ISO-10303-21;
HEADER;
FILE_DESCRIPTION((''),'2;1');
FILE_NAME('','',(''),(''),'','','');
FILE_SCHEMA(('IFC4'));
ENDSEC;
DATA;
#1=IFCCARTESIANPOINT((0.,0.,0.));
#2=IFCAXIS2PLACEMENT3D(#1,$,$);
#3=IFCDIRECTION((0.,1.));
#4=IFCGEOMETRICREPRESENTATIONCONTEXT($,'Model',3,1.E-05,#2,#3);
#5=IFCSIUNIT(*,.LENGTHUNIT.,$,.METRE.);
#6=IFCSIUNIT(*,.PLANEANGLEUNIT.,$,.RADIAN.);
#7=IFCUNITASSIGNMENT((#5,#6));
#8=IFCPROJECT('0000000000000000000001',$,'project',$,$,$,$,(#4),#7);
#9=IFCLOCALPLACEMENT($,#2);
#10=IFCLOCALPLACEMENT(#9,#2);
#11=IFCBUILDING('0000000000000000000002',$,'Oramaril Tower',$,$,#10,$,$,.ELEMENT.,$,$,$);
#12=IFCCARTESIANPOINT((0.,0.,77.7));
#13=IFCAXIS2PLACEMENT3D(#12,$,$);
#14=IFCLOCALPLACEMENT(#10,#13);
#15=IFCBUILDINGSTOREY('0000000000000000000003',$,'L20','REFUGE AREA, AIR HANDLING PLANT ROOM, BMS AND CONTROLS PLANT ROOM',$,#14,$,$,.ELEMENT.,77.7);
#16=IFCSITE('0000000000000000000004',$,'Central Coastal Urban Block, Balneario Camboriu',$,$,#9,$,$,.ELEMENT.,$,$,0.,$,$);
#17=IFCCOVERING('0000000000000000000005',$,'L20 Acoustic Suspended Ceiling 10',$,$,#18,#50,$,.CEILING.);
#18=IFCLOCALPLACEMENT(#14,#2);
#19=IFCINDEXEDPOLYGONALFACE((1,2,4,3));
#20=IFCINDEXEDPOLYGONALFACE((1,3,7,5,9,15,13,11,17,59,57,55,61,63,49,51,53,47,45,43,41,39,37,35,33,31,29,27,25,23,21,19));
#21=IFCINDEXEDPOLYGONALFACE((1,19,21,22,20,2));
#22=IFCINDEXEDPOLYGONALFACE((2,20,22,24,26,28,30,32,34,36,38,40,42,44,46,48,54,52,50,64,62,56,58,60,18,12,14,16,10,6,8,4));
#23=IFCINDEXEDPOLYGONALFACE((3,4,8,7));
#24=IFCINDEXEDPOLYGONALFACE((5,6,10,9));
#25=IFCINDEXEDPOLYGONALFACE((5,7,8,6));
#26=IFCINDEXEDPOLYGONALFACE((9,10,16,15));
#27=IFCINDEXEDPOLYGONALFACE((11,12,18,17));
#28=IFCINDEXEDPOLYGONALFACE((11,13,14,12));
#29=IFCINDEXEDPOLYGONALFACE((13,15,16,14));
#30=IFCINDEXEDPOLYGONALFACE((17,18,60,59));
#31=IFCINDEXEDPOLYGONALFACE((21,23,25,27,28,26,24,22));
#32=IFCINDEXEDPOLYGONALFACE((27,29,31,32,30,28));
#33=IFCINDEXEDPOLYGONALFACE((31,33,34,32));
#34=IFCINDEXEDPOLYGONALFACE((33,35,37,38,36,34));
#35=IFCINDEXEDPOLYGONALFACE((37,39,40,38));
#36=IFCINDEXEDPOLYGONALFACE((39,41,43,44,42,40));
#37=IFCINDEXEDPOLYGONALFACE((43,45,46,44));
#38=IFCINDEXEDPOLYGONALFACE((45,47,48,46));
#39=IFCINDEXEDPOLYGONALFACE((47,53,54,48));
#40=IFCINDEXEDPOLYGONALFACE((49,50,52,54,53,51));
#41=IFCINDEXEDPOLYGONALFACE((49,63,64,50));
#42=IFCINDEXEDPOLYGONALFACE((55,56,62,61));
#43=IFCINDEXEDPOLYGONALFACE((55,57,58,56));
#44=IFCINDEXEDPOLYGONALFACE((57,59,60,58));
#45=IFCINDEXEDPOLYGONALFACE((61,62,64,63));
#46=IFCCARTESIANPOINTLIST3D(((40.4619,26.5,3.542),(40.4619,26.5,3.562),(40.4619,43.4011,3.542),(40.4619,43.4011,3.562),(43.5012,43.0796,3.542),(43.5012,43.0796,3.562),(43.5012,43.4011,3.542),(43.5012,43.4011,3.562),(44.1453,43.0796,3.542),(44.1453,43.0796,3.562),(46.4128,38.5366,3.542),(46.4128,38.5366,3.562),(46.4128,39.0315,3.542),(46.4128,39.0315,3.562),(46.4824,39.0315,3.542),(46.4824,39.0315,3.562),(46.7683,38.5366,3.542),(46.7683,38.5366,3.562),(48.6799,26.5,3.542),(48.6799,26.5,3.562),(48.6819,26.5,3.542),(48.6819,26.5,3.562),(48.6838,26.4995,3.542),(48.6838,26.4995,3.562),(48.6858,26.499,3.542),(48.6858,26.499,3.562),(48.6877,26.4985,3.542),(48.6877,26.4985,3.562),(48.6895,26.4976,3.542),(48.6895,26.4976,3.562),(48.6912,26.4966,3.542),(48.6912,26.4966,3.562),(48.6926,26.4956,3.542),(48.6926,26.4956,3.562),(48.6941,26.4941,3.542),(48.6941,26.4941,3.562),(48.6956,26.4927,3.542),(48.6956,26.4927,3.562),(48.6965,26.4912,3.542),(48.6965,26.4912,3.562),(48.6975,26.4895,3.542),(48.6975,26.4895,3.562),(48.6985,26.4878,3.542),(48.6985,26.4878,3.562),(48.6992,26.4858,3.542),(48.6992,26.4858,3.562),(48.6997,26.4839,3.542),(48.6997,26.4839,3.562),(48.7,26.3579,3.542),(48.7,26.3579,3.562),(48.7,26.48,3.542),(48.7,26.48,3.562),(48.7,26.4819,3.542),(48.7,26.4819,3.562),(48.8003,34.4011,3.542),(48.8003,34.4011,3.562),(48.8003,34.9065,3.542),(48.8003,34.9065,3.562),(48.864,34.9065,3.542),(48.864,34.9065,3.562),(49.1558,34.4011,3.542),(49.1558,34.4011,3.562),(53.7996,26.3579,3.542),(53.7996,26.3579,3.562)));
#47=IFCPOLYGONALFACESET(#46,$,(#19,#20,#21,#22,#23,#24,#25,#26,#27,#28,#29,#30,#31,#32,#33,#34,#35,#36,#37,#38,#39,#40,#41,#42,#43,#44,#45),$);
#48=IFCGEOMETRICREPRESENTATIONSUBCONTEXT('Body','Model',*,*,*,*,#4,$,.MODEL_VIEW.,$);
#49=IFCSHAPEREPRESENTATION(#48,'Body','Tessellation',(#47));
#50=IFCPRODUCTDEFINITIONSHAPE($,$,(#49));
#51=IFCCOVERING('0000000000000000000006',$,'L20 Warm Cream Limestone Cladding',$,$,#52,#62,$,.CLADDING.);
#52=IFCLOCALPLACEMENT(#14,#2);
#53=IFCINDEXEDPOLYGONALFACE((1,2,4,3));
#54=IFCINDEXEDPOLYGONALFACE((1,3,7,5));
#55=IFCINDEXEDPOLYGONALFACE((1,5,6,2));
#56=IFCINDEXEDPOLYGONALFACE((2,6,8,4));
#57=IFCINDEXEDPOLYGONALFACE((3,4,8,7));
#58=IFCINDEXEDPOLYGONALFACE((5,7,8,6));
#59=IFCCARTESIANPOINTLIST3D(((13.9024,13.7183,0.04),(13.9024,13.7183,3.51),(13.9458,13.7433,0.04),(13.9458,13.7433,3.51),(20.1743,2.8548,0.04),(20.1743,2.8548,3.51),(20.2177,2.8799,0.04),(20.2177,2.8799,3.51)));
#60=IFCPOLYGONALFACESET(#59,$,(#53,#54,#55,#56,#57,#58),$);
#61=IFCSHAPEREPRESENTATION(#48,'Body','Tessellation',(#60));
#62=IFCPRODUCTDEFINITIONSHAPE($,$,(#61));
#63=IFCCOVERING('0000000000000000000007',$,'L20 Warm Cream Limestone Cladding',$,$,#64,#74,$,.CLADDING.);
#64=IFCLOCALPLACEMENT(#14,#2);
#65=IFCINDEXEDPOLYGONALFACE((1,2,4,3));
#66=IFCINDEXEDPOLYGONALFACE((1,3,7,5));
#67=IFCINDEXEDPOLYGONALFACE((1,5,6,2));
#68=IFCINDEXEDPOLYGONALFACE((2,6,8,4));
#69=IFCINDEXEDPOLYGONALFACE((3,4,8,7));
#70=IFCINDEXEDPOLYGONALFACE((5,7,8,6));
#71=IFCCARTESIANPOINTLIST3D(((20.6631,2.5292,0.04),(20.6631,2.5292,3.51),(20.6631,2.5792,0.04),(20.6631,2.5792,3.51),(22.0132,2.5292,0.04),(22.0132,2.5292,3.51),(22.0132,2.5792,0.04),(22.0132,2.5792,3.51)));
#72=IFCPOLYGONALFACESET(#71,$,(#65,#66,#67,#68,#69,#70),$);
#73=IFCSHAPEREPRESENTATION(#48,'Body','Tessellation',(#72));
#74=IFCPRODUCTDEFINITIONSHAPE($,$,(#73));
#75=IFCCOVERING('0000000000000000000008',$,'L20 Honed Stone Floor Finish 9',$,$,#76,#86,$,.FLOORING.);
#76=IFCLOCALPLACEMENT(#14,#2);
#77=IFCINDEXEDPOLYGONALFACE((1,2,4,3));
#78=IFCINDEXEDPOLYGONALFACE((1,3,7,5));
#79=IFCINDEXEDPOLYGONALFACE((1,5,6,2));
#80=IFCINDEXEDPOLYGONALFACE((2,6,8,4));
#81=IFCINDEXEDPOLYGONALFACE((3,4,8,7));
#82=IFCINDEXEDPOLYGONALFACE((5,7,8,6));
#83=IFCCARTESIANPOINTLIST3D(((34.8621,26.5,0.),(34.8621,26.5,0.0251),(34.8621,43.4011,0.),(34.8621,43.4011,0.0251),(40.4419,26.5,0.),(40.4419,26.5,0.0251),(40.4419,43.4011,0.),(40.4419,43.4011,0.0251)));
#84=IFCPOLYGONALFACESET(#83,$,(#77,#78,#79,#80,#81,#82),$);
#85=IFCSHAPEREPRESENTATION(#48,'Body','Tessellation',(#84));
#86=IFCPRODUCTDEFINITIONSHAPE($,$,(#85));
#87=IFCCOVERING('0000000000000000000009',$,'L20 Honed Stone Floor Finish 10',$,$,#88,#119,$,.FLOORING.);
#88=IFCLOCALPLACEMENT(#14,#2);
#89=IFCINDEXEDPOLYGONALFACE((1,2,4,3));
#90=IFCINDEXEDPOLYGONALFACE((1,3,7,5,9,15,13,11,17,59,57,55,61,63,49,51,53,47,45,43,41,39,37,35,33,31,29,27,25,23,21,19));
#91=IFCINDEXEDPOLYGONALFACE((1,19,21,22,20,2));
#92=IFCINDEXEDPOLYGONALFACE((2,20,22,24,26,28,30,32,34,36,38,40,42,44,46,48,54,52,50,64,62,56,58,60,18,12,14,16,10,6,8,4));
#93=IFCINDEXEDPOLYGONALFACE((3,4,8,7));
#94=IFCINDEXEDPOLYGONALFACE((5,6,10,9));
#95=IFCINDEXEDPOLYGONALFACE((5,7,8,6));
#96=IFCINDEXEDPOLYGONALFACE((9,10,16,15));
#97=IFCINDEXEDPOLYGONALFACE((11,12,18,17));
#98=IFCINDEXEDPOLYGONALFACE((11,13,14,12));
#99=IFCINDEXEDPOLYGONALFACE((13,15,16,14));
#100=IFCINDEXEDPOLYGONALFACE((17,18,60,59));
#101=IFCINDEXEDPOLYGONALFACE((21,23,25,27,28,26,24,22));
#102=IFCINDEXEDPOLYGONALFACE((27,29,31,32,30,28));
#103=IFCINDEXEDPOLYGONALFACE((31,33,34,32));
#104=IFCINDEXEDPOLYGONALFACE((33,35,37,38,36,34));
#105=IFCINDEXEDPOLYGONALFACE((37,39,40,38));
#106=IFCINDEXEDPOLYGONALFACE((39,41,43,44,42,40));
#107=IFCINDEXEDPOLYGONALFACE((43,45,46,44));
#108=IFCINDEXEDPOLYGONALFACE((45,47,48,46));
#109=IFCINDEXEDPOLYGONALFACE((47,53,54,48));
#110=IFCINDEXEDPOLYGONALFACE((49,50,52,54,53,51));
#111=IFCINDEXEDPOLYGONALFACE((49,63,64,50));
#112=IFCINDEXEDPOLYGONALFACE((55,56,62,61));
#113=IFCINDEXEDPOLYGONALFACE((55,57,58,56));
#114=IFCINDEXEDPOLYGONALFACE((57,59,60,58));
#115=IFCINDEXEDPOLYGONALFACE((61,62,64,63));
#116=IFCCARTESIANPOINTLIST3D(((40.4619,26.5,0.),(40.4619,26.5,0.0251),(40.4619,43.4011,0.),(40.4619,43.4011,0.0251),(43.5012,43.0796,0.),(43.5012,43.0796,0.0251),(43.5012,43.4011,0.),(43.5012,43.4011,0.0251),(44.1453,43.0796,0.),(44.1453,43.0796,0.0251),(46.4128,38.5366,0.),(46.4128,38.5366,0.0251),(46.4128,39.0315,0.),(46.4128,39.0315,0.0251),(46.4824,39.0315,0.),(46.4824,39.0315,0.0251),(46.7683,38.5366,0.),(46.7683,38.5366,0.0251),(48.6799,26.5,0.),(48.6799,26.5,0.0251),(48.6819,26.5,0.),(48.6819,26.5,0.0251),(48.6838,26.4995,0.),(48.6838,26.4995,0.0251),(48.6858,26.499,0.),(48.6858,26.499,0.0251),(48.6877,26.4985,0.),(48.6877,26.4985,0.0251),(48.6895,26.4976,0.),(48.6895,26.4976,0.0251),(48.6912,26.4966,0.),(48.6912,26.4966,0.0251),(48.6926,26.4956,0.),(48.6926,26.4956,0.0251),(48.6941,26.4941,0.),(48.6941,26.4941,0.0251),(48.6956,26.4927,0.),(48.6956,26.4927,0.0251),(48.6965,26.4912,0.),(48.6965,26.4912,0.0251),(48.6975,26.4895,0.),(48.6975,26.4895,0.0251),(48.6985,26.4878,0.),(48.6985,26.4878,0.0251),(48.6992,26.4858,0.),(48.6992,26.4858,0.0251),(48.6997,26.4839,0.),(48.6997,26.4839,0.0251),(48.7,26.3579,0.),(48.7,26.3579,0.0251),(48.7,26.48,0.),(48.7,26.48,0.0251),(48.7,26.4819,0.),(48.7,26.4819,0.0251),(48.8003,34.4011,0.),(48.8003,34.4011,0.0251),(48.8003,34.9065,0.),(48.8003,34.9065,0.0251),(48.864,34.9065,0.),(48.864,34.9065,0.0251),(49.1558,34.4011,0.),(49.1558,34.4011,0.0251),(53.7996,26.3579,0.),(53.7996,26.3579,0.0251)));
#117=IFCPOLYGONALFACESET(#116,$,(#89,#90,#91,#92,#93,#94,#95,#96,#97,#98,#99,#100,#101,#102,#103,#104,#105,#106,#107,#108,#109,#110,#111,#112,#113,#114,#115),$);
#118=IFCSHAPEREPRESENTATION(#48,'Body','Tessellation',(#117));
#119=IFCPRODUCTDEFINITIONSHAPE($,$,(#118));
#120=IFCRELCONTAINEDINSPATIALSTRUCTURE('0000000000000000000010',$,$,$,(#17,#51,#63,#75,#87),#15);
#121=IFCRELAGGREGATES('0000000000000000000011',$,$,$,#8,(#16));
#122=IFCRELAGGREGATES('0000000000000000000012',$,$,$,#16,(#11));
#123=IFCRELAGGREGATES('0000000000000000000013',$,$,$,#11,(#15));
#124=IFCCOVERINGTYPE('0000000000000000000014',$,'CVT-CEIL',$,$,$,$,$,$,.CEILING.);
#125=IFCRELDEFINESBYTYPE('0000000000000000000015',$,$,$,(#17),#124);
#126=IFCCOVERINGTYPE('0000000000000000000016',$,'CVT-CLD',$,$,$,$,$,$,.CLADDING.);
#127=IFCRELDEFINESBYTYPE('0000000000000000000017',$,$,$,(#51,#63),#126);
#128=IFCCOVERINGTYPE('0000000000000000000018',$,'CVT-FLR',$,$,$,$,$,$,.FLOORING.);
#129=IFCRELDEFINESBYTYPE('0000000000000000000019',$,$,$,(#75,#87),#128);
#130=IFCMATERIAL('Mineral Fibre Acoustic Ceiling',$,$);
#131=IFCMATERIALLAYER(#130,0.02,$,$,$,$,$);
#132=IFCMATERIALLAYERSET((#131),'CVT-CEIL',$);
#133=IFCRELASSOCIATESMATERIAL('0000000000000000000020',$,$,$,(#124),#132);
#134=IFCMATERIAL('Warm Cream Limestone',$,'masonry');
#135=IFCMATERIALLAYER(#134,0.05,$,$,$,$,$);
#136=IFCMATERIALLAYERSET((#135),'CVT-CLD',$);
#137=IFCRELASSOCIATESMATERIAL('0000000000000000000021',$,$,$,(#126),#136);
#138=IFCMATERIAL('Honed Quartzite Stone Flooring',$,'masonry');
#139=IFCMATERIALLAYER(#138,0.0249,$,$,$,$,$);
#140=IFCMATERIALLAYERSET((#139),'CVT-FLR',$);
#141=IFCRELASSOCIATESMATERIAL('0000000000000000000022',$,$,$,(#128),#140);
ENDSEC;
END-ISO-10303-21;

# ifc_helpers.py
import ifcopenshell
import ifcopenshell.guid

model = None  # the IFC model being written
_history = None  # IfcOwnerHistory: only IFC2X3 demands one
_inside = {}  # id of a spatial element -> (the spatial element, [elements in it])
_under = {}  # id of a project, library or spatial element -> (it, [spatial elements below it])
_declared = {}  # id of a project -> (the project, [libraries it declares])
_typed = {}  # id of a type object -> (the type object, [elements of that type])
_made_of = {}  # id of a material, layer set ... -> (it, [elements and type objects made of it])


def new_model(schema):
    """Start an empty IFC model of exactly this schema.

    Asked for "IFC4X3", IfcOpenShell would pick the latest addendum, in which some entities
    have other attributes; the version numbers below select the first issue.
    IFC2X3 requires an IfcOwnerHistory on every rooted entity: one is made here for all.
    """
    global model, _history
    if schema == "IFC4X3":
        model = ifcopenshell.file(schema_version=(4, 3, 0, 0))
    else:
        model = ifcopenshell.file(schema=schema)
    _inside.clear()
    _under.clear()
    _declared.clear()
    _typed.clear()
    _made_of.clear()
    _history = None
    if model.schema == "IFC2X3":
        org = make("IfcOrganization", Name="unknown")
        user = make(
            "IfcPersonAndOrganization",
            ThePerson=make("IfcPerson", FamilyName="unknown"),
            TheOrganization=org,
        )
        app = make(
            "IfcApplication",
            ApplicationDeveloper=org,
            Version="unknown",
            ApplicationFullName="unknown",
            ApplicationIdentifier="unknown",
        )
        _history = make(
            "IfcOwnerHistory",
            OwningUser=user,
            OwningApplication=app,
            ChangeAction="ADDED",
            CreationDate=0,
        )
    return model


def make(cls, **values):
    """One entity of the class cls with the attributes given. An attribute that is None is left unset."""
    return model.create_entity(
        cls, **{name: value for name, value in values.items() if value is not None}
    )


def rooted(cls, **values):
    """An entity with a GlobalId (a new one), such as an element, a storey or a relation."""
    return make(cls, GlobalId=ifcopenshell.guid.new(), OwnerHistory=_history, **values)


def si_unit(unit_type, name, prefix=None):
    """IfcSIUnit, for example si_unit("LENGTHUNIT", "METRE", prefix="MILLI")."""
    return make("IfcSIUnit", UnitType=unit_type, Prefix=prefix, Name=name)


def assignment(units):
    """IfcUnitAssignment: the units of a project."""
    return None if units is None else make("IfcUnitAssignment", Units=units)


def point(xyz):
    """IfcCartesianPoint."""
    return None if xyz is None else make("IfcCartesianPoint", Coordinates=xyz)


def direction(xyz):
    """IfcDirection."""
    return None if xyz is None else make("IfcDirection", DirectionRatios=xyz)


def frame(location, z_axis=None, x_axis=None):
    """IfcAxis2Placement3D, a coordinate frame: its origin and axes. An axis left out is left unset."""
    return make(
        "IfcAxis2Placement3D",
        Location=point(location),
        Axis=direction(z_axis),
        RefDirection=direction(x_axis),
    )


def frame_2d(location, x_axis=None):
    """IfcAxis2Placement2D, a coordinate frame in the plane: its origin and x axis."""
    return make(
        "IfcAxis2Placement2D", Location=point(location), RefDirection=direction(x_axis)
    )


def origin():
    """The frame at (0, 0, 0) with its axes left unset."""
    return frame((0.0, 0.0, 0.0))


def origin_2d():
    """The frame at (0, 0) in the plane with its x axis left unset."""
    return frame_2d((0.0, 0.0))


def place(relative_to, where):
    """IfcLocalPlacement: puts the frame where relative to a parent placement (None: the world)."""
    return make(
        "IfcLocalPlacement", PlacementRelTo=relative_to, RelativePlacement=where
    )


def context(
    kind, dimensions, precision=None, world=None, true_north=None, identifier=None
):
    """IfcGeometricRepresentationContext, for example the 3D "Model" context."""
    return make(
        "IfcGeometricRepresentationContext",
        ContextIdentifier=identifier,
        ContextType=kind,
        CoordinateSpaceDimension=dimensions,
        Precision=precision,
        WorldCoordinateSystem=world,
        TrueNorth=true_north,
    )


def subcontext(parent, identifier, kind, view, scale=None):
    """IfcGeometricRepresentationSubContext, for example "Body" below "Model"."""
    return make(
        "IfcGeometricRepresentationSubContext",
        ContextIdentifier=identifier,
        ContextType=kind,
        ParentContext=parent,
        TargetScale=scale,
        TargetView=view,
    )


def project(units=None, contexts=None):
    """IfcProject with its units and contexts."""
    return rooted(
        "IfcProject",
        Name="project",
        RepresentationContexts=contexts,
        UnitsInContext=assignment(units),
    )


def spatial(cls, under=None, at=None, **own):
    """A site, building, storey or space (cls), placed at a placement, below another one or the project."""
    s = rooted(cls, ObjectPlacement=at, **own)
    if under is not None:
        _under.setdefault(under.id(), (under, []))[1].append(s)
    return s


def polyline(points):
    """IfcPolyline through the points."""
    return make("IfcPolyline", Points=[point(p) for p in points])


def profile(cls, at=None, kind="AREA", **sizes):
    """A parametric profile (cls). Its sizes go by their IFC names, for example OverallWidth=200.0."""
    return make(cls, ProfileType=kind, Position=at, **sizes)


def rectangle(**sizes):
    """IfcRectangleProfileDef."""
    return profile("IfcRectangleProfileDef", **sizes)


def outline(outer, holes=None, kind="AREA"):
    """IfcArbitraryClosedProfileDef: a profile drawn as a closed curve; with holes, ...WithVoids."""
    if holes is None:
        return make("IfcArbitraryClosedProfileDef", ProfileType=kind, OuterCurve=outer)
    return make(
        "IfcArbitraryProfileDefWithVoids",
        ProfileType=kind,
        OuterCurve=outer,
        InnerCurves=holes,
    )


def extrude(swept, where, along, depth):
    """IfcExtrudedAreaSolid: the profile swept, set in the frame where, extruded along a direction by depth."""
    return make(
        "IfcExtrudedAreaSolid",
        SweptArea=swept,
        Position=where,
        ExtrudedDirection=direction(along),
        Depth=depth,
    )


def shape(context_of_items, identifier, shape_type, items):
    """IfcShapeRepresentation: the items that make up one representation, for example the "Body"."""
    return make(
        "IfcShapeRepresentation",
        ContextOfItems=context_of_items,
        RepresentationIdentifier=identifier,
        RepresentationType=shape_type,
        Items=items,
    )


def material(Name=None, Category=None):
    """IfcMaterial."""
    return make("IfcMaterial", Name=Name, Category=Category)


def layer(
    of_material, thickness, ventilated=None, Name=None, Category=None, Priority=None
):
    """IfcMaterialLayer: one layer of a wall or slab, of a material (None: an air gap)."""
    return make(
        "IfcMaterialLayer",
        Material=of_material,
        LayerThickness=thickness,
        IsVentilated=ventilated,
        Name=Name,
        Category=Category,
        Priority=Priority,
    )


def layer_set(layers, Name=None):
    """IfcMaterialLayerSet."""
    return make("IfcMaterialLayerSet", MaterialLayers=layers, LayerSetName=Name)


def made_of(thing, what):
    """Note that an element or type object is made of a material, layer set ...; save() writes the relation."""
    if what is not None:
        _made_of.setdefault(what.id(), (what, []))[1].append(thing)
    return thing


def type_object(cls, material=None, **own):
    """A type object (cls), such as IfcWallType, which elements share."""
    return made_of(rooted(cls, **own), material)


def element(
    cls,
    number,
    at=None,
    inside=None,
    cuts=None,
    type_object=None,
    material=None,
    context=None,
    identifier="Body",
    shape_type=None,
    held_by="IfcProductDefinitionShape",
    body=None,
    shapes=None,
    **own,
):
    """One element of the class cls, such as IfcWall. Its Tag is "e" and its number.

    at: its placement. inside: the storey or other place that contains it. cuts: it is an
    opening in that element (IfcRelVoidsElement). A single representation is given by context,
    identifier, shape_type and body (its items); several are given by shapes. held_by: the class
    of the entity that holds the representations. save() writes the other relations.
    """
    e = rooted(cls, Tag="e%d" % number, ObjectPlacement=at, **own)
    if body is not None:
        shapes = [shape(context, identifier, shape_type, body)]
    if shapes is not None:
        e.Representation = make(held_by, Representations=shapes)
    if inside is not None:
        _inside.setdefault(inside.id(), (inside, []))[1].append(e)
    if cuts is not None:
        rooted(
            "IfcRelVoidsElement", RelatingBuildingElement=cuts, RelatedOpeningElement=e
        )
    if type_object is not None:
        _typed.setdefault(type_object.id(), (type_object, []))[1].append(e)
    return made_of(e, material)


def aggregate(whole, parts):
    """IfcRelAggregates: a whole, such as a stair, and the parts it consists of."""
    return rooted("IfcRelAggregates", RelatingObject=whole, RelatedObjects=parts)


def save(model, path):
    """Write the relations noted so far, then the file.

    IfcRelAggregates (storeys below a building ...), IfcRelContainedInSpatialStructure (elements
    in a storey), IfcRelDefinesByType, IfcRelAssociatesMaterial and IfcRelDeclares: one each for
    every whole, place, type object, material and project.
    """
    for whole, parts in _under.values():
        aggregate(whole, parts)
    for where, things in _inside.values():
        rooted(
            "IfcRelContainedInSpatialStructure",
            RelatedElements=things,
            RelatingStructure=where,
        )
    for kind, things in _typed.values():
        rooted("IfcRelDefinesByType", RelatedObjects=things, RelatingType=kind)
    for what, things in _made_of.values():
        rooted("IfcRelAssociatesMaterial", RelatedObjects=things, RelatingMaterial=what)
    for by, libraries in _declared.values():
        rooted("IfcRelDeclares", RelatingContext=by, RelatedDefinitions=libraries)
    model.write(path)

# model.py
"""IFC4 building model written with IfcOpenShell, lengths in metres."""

from ifc_helpers import new_model, si_unit, direction, frame, origin, origin_2d, place, context, subcontext, project, spatial, polyline, rectangle, outline, extrude, material, layer, layer_set, type_object, element, save


model = new_model("IFC4")

# Units and contexts
model_context = context("Model", 3, precision=1e-05, world=origin(), true_north=direction((0.0, 1.0)))
body_context = subcontext(model_context, "Body", "Model", "MODEL_VIEW")
ifc_project = project(units=[si_unit("LENGTHUNIT", "METRE"), si_unit("PLANEANGLEUNIT", "RADIAN")], contexts=[model_context])

# Site, building, storey
site_placement = place(None, origin())
site = spatial("IfcSite", under=ifc_project, at=site_placement, Name="Central Coastal Urban Block, Balneario Camboriu", CompositionType="ELEMENT", RefElevation=0.0)
building_placement = place(site_placement, origin())
building = spatial("IfcBuilding", under=site, at=building_placement, Name="Oramaril Tower", CompositionType="ELEMENT")
storey_placement = place(building_placement, frame((0.0, 0.0, 77.7)))
storey = spatial("IfcBuildingStorey", under=building, at=storey_placement, Name="L20", Description="REFUGE AREA, AIR HANDLING PLANT ROOM, BMS AND CONTROLS PLANT ROOM", CompositionType="ELEMENT", Elevation=77.7)

# Coverings
ifc_material_1 = material(Name="Mineral Fibre Acoustic Ceiling")
ifc_layer_1 = layer(ifc_material_1, 0.02)
ifc_layer_set_1 = layer_set([ifc_layer_1], Name="CVT-CEIL")
covering_type_1 = type_object("IfcCoveringType", Name="CVT-CEIL", PredefinedType="CEILING", material=ifc_layer_set_1)
covering_1_placement = place(storey_placement, frame((0.0, 0.0, 3.542)))
element("IfcCovering", 1, at=covering_1_placement, inside=storey, type_object=covering_type_1, Name="L20 Acoustic Suspended Ceiling 10", PredefinedType="CEILING", context=body_context, shape_type="SweptSolid", body=[
    extrude(outline(polyline([(43.5012, 43.4011), (43.5012, 43.0796), (44.1453, 43.0796), (46.4824, 39.0315), (46.4128, 39.0315), (46.4128, 38.5366), (46.7683, 38.5366), (48.864, 34.9065), (48.8003, 34.9065), (48.8003, 34.4011), (49.1558, 34.4011), (53.7996, 26.3579), (48.7, 26.3579), (48.7, 26.48), (48.7, 26.4819), (48.6997, 26.4839), (48.6992, 26.4858), (48.6985, 26.4878), (48.6975, 26.4895), (48.6965, 26.4912), (48.6956, 26.4927), (48.6941, 26.4941), (48.6926, 26.4956), (48.6912, 26.4966), (48.6895, 26.4976), (48.6877, 26.4985), (48.6858, 26.499), (48.6838, 26.4995), (48.6819, 26.5), (48.6799, 26.5), (40.4619, 26.5), (40.4619, 43.4011), (43.5012, 43.4011)])), origin(), (0.0, 0.0, 1.0), 0.02),
])
ifc_material_2 = material(Name="Warm Cream Limestone", Category="masonry")
ifc_layer_2 = layer(ifc_material_2, 0.05)
ifc_layer_set_2 = layer_set([ifc_layer_2], Name="CVT-CLD")
covering_type_2 = type_object("IfcCoveringType", Name="CVT-CLD", PredefinedType="CLADDING", material=ifc_layer_set_2)
covering_2_placement = place(storey_placement, frame((17.0601, 8.2991, 0.04), z_axis=(0.0, 0.0, 1.0), x_axis=(0.499992, -0.86603, 0.0)))
element("IfcCovering", 2, at=covering_2_placement, inside=storey, type_object=covering_type_2, Name="L20 Warm Cream Limestone Cladding", PredefinedType="CLADDING", context=body_context, shape_type="SweptSolid", body=[
    extrude(rectangle(XDim=12.5439, YDim=0.05, at=origin_2d()), origin(), (0.0, 0.0, 1.0), 3.47),
])
covering_3_placement = place(storey_placement, frame((21.3381, 2.5542, 0.04), z_axis=(0.0, 0.0, 1.0), x_axis=(1.0, 0.0, 0.0)))
element("IfcCovering", 3, at=covering_3_placement, inside=storey, type_object=covering_type_2, Name="L20 Warm Cream Limestone Cladding", PredefinedType="CLADDING", context=body_context, shape_type="SweptSolid", body=[
    extrude(rectangle(XDim=1.3501, YDim=0.05, at=origin_2d()), origin(), (0.0, 0.0, 1.0), 3.47),
])
ifc_material_3 = material(Name="Honed Quartzite Stone Flooring", Category="masonry")
ifc_layer_3 = layer(ifc_material_3, 0.0249)
ifc_layer_set_3 = layer_set([ifc_layer_3], Name="CVT-FLR")
covering_type_3 = type_object("IfcCoveringType", Name="CVT-FLR", PredefinedType="FLOORING", material=ifc_layer_set_3)
covering_4_placement = place(storey_placement, origin())
element("IfcCovering", 4, at=covering_4_placement, inside=storey, type_object=covering_type_3, Name="L20 Honed Stone Floor Finish 9", PredefinedType="FLOORING", context=body_context, shape_type="SweptSolid", body=[
    extrude(outline(polyline([(40.4419, 43.4011), (40.4419, 26.5), (34.8621, 26.5), (34.8621, 43.4011), (40.4419, 43.4011)])), origin(), (0.0, 0.0, 1.0), 0.0251),
])
covering_5_placement = place(storey_placement, origin())
element("IfcCovering", 5, at=covering_5_placement, inside=storey, type_object=covering_type_3, Name="L20 Honed Stone Floor Finish 10", PredefinedType="FLOORING", context=body_context, shape_type="SweptSolid", body=[
    extrude(outline(polyline([(43.5012, 43.4011), (43.5012, 43.0796), (44.1453, 43.0796), (46.4824, 39.0315), (46.4128, 39.0315), (46.4128, 38.5366), (46.7683, 38.5366), (48.864, 34.9065), (48.8003, 34.9065), (48.8003, 34.4011), (49.1558, 34.4011), (53.7996, 26.3579), (48.7, 26.3579), (48.7, 26.48), (48.7, 26.4819), (48.6997, 26.4839), (48.6992, 26.4858), (48.6985, 26.4878), (48.6975, 26.4895), (48.6965, 26.4912), (48.6956, 26.4927), (48.6941, 26.4941), (48.6926, 26.4956), (48.6912, 26.4966), (48.6895, 26.4976), (48.6877, 26.4985), (48.6858, 26.499), (48.6838, 26.4995), (48.6819, 26.5), (48.6799, 26.5), (40.4619, 26.5), (40.4619, 43.4011), (43.5012, 43.4011)])), origin(), (0.0, 0.0, 1.0), 0.0251),
])

save(model, "model.ifc")
